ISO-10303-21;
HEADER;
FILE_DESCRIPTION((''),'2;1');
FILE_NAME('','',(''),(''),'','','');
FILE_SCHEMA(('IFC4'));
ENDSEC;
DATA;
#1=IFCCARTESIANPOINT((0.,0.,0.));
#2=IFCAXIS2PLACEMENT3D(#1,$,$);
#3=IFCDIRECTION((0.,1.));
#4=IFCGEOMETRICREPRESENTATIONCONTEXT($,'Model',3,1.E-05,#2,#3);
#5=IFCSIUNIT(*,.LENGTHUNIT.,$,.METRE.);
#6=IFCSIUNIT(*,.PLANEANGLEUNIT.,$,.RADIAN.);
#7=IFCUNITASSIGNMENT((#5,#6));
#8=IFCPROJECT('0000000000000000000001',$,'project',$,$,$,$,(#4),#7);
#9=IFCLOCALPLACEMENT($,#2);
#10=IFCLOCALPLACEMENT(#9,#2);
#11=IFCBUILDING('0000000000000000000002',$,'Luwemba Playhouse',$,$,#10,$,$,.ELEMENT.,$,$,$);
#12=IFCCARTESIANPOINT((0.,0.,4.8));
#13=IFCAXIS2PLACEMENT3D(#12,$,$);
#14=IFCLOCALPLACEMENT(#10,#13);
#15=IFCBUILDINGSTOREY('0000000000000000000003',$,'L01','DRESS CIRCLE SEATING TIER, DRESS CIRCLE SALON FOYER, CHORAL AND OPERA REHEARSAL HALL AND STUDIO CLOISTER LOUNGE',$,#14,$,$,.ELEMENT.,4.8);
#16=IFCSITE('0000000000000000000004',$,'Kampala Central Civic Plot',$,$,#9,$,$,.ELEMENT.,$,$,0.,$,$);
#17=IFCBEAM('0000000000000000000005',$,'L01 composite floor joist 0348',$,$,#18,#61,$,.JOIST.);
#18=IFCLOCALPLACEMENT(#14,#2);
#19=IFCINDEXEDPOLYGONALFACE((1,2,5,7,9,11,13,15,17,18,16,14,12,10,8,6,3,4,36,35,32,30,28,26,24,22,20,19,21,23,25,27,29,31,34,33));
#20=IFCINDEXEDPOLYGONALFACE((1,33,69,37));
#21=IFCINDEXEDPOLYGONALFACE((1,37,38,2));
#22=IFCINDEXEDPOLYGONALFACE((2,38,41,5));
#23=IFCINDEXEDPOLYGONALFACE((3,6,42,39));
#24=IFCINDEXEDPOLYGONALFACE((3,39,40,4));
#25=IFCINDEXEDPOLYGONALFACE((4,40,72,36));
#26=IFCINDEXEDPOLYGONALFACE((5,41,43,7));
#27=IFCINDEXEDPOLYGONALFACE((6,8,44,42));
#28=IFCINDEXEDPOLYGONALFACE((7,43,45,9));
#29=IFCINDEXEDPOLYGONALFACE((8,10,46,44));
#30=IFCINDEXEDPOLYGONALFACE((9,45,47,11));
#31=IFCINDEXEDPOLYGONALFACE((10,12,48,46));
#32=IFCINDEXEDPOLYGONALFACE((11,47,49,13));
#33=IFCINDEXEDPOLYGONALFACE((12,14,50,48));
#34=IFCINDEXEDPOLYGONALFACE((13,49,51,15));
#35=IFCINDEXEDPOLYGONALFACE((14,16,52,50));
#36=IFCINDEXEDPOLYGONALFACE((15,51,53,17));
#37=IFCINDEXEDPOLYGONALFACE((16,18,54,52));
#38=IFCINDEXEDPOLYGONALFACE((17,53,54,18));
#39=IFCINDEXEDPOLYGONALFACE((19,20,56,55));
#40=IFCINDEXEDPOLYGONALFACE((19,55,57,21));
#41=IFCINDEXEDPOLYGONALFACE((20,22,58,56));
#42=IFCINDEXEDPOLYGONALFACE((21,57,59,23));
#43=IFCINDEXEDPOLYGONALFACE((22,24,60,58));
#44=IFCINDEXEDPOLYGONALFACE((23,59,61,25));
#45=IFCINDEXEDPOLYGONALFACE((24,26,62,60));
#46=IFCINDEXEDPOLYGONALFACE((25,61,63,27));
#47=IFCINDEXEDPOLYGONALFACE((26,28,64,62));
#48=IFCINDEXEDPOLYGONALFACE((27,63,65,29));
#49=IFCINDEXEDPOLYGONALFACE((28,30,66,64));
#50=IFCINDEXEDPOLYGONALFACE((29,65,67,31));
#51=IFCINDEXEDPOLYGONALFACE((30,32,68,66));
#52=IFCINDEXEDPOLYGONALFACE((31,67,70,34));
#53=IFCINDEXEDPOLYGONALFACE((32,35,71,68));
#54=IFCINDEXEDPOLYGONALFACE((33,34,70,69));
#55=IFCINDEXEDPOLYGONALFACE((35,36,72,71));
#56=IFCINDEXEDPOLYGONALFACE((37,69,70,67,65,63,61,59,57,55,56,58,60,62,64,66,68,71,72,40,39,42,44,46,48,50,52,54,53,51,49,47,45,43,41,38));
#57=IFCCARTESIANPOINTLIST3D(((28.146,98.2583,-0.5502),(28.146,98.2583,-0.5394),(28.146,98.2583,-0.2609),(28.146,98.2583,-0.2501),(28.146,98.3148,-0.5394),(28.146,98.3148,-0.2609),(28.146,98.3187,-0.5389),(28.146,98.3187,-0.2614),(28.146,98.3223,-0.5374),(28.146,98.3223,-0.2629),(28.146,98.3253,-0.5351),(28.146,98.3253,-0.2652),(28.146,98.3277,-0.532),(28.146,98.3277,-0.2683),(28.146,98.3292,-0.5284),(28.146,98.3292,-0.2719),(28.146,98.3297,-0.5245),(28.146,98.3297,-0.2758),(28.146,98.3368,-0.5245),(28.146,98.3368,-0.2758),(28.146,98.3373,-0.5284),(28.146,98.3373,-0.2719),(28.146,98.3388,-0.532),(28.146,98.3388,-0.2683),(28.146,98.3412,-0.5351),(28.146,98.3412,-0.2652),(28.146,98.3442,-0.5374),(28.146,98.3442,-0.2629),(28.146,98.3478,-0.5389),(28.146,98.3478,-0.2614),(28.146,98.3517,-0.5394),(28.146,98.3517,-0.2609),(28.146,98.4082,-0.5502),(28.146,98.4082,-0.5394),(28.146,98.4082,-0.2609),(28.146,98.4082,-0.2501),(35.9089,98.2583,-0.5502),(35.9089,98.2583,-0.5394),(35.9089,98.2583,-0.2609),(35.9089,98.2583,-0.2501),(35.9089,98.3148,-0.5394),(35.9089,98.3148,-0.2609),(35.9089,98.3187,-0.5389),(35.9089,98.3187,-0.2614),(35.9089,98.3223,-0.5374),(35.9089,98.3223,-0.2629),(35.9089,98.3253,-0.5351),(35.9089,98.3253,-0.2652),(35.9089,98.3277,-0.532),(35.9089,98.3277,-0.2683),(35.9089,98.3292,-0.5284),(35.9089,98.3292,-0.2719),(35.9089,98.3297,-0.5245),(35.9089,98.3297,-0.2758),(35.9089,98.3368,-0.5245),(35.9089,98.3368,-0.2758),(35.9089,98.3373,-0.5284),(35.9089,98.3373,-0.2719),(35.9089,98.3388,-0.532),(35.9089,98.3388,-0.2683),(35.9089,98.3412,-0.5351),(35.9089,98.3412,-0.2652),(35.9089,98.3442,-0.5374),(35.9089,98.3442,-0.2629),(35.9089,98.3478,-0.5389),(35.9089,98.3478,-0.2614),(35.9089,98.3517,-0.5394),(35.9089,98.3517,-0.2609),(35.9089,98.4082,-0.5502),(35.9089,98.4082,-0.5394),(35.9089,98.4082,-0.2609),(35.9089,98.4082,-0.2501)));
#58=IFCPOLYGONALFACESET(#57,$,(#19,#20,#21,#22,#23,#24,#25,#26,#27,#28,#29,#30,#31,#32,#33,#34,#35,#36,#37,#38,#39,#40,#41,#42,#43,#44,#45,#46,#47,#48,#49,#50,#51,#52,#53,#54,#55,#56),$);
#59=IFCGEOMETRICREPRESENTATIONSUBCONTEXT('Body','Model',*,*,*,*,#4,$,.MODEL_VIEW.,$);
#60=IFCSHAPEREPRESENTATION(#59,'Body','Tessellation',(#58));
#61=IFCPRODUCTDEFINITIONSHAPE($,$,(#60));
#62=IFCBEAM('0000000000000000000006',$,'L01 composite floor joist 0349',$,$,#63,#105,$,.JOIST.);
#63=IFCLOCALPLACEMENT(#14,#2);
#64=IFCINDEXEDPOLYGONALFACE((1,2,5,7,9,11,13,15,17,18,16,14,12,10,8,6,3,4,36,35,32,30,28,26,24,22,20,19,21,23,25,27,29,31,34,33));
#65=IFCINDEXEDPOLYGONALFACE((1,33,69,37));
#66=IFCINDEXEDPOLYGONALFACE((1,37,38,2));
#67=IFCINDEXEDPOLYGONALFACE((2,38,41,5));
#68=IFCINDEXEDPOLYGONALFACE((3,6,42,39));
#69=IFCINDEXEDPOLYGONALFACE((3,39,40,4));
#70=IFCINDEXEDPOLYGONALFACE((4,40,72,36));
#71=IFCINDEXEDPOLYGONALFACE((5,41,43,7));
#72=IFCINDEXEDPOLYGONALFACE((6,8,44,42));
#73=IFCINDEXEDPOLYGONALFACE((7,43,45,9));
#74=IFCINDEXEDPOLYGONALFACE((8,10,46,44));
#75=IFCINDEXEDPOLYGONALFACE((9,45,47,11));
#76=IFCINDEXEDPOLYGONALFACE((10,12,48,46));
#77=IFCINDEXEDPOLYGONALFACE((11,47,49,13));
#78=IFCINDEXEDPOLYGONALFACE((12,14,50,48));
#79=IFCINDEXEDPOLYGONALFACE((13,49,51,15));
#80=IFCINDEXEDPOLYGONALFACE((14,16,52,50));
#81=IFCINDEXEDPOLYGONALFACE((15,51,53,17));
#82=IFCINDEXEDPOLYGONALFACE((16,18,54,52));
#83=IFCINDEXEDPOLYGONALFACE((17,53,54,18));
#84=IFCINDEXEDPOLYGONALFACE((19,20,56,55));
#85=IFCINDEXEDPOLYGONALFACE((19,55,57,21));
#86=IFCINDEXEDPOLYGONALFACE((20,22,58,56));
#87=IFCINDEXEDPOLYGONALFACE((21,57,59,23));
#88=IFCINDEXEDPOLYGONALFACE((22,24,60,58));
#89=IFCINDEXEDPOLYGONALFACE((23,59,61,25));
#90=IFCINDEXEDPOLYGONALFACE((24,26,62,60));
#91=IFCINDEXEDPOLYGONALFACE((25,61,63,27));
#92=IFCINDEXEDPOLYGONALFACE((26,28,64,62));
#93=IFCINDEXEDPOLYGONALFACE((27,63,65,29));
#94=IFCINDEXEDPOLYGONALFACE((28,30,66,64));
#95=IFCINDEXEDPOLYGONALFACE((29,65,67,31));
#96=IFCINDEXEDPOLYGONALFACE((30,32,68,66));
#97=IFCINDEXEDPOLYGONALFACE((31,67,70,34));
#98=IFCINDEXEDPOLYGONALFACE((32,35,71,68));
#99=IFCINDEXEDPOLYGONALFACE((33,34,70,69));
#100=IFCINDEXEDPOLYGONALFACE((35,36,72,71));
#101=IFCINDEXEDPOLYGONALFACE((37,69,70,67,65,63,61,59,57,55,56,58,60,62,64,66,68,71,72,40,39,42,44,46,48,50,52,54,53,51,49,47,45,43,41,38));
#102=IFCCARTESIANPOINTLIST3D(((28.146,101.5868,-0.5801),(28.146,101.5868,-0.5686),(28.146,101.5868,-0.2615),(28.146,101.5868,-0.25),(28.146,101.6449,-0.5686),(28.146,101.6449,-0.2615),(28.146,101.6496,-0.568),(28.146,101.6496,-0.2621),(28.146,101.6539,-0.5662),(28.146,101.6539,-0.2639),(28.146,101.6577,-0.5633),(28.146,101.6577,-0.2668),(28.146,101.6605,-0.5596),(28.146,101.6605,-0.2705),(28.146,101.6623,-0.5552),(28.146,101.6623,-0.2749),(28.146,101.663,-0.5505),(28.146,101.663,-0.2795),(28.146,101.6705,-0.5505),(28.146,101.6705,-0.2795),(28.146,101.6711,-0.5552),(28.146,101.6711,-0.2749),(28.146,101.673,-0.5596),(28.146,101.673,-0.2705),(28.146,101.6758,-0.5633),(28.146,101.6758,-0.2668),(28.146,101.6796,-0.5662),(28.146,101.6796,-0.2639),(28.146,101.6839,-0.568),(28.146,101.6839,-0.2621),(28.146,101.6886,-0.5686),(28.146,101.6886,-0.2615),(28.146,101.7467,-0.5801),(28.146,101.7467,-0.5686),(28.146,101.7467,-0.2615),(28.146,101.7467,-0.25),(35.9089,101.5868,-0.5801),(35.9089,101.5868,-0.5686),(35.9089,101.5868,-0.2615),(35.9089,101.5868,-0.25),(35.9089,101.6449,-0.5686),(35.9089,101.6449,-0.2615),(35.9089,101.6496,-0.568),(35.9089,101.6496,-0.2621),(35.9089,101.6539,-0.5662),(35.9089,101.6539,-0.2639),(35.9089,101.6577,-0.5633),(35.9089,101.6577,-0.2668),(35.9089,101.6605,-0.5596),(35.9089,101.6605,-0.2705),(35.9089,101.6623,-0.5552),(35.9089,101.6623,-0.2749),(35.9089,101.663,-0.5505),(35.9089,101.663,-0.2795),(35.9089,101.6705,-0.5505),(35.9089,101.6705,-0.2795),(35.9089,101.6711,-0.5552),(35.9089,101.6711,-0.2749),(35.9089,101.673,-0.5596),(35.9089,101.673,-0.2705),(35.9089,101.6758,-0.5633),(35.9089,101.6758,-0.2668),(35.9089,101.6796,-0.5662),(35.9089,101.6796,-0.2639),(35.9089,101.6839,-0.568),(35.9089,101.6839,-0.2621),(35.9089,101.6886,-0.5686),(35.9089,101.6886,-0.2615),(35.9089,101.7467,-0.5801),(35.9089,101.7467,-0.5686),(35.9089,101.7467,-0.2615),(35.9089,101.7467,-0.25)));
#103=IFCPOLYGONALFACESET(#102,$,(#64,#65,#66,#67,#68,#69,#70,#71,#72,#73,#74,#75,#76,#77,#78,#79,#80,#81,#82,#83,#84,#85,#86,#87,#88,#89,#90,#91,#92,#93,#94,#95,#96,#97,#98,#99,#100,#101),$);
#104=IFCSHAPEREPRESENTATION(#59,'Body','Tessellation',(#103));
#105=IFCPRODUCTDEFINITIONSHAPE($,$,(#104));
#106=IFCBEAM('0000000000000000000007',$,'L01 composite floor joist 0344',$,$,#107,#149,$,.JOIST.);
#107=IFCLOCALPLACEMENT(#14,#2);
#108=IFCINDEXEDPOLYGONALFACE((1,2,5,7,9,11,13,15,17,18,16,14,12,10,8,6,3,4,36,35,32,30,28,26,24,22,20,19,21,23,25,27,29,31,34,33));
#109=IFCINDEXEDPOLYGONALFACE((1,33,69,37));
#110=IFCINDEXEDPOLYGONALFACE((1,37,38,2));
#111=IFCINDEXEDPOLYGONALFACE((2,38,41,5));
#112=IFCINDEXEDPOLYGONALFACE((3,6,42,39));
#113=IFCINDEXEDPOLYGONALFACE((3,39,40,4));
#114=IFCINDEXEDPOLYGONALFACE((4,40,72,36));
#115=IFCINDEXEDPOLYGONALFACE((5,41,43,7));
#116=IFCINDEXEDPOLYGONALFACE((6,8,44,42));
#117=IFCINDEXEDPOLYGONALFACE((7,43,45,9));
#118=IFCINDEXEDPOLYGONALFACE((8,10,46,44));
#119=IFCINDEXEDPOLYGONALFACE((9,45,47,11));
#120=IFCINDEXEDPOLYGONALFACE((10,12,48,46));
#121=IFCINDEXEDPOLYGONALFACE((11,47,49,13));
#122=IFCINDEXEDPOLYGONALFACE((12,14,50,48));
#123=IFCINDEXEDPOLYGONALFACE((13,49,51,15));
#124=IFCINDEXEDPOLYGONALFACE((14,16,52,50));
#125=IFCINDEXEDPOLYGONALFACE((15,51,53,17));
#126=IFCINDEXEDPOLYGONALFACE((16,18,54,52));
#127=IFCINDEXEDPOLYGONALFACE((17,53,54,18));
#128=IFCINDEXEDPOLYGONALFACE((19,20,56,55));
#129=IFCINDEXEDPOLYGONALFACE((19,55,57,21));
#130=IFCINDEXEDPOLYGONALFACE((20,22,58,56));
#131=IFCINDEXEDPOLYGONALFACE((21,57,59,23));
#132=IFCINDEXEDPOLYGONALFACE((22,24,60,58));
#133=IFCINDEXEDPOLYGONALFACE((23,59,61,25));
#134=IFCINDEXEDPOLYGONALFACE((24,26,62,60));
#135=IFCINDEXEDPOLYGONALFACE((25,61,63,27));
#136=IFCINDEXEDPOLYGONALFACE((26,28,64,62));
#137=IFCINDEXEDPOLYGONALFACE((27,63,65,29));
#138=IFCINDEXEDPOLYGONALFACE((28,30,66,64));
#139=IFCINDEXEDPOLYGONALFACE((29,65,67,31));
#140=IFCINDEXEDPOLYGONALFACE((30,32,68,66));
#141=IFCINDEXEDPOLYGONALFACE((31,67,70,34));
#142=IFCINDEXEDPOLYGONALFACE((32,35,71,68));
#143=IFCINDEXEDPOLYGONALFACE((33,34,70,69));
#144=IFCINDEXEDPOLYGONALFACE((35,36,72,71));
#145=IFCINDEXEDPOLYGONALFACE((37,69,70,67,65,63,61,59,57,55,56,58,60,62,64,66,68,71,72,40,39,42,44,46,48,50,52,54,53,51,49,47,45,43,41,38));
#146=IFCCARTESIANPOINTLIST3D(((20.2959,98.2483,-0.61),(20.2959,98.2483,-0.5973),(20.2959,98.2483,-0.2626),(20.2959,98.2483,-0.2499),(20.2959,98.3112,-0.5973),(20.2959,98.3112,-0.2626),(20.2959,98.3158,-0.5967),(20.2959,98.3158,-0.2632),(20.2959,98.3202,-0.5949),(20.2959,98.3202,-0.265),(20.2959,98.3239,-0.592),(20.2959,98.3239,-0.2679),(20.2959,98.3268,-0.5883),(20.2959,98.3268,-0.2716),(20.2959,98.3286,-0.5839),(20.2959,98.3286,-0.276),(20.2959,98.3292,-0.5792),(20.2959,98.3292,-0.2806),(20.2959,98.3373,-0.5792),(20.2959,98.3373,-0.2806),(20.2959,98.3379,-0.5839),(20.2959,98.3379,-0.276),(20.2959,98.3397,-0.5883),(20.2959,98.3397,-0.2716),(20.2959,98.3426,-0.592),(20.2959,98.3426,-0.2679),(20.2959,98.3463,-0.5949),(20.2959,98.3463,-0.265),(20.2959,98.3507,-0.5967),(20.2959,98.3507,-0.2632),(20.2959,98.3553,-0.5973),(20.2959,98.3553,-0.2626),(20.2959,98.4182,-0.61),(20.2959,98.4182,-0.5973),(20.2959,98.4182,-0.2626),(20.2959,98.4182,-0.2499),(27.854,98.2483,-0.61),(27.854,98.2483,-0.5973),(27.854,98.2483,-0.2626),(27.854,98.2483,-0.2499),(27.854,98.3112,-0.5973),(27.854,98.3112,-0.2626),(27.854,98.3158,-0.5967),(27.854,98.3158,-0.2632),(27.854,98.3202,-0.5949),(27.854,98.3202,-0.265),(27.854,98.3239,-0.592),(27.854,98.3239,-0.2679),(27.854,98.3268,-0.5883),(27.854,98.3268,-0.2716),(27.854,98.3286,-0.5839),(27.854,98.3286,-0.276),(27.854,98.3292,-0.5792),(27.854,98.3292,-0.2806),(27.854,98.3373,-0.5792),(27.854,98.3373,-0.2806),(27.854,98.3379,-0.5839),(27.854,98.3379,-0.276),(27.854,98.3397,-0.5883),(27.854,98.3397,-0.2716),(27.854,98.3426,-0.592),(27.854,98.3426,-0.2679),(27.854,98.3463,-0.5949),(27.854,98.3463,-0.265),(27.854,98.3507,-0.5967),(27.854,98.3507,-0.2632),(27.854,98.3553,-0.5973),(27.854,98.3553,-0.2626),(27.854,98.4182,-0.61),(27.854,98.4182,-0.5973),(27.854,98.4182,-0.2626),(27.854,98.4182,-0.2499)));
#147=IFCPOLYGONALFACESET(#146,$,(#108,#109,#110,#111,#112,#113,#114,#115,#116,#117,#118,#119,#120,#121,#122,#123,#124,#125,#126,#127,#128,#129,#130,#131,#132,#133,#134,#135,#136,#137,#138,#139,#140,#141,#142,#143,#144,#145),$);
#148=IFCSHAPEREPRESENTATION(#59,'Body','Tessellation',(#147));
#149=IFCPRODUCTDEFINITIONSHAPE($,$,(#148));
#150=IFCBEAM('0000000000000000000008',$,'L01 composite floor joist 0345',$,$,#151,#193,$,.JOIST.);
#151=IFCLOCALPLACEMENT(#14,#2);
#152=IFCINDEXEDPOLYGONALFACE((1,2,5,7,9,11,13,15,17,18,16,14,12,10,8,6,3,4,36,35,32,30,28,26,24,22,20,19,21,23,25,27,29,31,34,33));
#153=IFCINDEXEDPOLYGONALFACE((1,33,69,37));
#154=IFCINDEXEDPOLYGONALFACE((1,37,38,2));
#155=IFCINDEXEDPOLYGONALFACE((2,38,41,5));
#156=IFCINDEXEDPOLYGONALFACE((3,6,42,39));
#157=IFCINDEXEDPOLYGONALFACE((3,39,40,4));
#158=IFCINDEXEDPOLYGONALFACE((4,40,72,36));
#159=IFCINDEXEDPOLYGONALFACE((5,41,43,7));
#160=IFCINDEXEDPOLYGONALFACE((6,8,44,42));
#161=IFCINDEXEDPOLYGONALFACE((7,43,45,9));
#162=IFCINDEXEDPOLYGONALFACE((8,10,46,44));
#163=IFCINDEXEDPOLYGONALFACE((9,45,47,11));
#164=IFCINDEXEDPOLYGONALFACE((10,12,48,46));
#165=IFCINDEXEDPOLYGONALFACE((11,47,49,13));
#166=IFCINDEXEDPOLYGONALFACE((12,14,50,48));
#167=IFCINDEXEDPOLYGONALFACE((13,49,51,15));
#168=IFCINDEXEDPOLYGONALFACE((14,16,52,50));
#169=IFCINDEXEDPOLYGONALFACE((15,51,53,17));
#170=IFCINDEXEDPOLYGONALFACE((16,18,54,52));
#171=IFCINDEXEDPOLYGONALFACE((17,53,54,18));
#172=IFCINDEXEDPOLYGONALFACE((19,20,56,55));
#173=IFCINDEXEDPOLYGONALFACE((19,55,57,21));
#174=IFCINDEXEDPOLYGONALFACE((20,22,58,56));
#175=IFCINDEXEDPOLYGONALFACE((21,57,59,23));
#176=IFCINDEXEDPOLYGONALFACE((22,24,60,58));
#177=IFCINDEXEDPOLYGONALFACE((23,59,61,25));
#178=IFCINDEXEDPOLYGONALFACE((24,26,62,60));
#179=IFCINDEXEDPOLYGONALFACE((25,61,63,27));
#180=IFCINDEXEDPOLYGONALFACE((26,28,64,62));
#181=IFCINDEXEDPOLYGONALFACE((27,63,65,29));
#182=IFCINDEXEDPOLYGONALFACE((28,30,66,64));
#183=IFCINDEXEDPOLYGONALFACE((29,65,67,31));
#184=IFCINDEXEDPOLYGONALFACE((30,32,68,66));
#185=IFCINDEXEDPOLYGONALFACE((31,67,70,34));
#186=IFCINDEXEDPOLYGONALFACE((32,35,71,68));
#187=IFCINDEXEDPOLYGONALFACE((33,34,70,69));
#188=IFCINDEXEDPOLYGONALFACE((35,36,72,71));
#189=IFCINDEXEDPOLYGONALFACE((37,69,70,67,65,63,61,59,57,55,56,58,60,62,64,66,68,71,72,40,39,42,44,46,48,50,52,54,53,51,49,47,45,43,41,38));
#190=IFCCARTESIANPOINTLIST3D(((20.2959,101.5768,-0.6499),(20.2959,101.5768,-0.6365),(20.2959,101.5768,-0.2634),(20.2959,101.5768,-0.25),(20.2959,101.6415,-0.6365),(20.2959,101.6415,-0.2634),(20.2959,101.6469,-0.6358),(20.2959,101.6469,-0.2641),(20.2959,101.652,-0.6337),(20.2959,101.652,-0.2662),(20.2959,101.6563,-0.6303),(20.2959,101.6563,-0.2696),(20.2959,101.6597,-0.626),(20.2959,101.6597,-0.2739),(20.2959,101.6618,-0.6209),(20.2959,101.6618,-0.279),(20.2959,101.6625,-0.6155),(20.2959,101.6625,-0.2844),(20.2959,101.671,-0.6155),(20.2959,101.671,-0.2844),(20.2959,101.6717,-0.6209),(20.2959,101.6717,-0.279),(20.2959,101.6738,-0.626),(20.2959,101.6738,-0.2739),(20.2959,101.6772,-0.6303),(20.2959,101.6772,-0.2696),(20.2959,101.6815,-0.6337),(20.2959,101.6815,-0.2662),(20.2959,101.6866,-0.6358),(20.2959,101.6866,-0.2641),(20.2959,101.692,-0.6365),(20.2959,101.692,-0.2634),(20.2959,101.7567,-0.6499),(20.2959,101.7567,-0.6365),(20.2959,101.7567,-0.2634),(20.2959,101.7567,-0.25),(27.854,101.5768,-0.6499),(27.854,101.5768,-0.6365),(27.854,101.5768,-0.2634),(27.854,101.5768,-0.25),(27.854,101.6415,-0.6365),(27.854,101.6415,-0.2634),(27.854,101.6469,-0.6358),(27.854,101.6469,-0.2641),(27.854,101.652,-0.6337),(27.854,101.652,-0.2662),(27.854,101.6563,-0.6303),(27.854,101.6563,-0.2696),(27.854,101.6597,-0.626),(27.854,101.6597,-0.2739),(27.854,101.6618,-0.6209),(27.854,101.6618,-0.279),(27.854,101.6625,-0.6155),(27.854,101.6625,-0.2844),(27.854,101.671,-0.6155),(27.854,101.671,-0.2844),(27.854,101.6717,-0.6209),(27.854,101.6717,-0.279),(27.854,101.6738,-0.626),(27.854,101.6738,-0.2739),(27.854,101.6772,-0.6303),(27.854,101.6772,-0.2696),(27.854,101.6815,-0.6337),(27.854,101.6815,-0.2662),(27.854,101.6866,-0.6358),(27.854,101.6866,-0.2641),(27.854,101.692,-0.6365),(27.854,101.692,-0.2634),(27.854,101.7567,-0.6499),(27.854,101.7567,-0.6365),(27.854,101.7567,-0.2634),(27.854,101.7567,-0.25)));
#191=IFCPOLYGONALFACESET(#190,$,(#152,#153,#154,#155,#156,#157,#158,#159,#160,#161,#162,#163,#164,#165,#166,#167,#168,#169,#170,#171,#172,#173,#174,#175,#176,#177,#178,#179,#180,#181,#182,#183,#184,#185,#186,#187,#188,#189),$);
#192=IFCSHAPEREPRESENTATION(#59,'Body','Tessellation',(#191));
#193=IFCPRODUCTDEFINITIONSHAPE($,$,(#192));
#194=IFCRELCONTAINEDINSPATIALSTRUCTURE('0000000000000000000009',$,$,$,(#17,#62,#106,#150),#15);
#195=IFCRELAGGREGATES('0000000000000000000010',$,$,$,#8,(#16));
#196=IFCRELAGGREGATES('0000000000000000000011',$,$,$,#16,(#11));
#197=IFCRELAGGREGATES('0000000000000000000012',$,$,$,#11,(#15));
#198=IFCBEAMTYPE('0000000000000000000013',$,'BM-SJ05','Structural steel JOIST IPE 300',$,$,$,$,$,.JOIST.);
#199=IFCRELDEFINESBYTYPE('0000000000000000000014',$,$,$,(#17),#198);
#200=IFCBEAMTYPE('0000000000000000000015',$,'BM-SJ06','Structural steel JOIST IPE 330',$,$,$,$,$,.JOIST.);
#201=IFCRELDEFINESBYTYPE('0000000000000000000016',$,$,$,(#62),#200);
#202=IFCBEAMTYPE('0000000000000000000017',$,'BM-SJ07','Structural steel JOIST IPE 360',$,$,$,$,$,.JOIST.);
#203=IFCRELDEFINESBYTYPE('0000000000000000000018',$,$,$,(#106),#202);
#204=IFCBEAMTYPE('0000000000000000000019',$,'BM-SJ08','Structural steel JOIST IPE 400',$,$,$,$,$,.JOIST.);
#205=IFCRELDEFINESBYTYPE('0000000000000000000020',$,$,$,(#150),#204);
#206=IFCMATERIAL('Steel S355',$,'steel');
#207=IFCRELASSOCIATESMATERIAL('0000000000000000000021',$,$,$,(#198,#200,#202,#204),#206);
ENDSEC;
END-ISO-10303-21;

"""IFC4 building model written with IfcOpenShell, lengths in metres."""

from ifc_helpers import new_model, si_unit, direction, frame, origin, origin_2d, place, context, subcontext, project, spatial, i_section, extrude, material, material_profile, profile_set, type_object, element, save


model = new_model("IFC4")

# Units and contexts
model_context = context("Model", 3, precision=1e-05, world=origin(), true_north=direction((0.0, 1.0)))
body_context = subcontext(model_context, "Body", "Model", "MODEL_VIEW")
ifc_project = project(units=[si_unit("LENGTHUNIT", "METRE"), si_unit("PLANEANGLEUNIT", "RADIAN")], contexts=[model_context])

# Site, building, storey
site_placement = place(None, origin())
site = spatial("IfcSite", under=ifc_project, at=site_placement, Name="Kampala Central Civic Plot", CompositionType="ELEMENT", RefElevation=0.0)
building_placement = place(site_placement, origin())
building = spatial("IfcBuilding", under=site, at=building_placement, Name="Luwemba Playhouse", CompositionType="ELEMENT")
storey_placement = place(building_placement, frame((0.0, 0.0, 4.8)))
storey = spatial("IfcBuildingStorey", under=building, at=storey_placement, Name="L01", Description="DRESS CIRCLE SEATING TIER, DRESS CIRCLE SALON FOYER, CHORAL AND OPERA REHEARSAL HALL AND STUDIO CLOISTER LOUNGE", CompositionType="ELEMENT", Elevation=4.8)

# Beams
ifc_material_1 = material(Name="Steel S355", Category="steel")
ifc_material_profile_1 = material_profile(ifc_material_1, i_section(OverallWidth=0.1499, OverallDepth=0.3, WebThickness=0.0071, FlangeThickness=0.0107, FilletRadius=0.0149, at=origin_2d()))
ifc_profile_set_1 = profile_set([ifc_material_profile_1], Name="Steel S355")
beam_type_1 = type_object("IfcBeamType", Name="BM-SJ05", Description="Structural steel JOIST IPE 300", PredefinedType="JOIST", material=ifc_profile_set_1)
beam_1_placement = place(storey_placement, frame((28.146, 98.3333, -0.4001), z_axis=(1.0, 0.0, 0.0), x_axis=(0.0, 1.0, 0.0)))
element("IfcBeam", 1, at=beam_1_placement, inside=storey, type_object=beam_type_1, Name="L01 composite floor joist 0348", PredefinedType="JOIST", context=body_context, shape_type="SweptSolid", body=[
    extrude(i_section(OverallWidth=0.1499, OverallDepth=0.3, WebThickness=0.0071, FlangeThickness=0.0107, FilletRadius=0.0149, at=origin_2d()), origin(), (0.0, 0.0, 1.0), 7.7629),
])
ifc_material_profile_2 = material_profile(ifc_material_1, i_section(OverallWidth=0.1599, OverallDepth=0.3301, WebThickness=0.0076, FlangeThickness=0.0115, FilletRadius=0.0181, at=origin_2d()))
ifc_profile_set_2 = profile_set([ifc_material_profile_2], Name="Steel S355")
beam_type_2 = type_object("IfcBeamType", Name="BM-SJ06", Description="Structural steel JOIST IPE 330", PredefinedType="JOIST", material=ifc_profile_set_2)
beam_2_placement = place(storey_placement, frame((28.146, 101.6667, -0.415), z_axis=(1.0, 0.0, 0.0), x_axis=(0.0, 1.0, 0.0)))
element("IfcBeam", 2, at=beam_2_placement, inside=storey, type_object=beam_type_2, Name="L01 composite floor joist 0349", PredefinedType="JOIST", context=body_context, shape_type="SweptSolid", body=[
    extrude(i_section(OverallWidth=0.1599, OverallDepth=0.3301, WebThickness=0.0076, FlangeThickness=0.0115, FilletRadius=0.0181, at=origin_2d()), origin(), (0.0, 0.0, 1.0), 7.7629),
])
ifc_material_profile_3 = material_profile(ifc_material_1, i_section(OverallWidth=0.1699, OverallDepth=0.3601, WebThickness=0.0081, FlangeThickness=0.0127, FilletRadius=0.0181, at=origin_2d()))
ifc_profile_set_3 = profile_set([ifc_material_profile_3], Name="Steel S355")
beam_type_3 = type_object("IfcBeamType", Name="BM-SJ07", Description="Structural steel JOIST IPE 360", PredefinedType="JOIST", material=ifc_profile_set_3)
beam_3_placement = place(storey_placement, frame((20.2959, 98.3333, -0.4299), z_axis=(1.0, 0.0, 0.0), x_axis=(0.0, 1.0, 0.0)))
element("IfcBeam", 3, at=beam_3_placement, inside=storey, type_object=beam_type_3, Name="L01 composite floor joist 0344", PredefinedType="JOIST", context=body_context, shape_type="SweptSolid", body=[
    extrude(i_section(OverallWidth=0.1699, OverallDepth=0.3601, WebThickness=0.0081, FlangeThickness=0.0127, FilletRadius=0.0181, at=origin_2d()), origin(), (0.0, 0.0, 1.0), 7.5581),
])
ifc_material_profile_4 = material_profile(ifc_material_1, i_section(OverallWidth=0.1799, OverallDepth=0.3999, WebThickness=0.0085, FlangeThickness=0.0134, FilletRadius=0.021, at=origin_2d()))
ifc_profile_set_4 = profile_set([ifc_material_profile_4], Name="Steel S355")
beam_type_4 = type_object("IfcBeamType", Name="BM-SJ08", Description="Structural steel JOIST IPE 400", PredefinedType="JOIST", material=ifc_profile_set_4)
beam_4_placement = place(storey_placement, frame((20.2959, 101.6667, -0.45), z_axis=(1.0, 0.0, 0.0), x_axis=(0.0, 1.0, 0.0)))
element("IfcBeam", 4, at=beam_4_placement, inside=storey, type_object=beam_type_4, Name="L01 composite floor joist 0345", PredefinedType="JOIST", context=body_context, shape_type="SweptSolid", body=[
    extrude(i_section(OverallWidth=0.1799, OverallDepth=0.3999, WebThickness=0.0085, FlangeThickness=0.0134, FilletRadius=0.021, at=origin_2d()), origin(), (0.0, 0.0, 1.0), 7.5581),
])

save(model, "model.ifc")
